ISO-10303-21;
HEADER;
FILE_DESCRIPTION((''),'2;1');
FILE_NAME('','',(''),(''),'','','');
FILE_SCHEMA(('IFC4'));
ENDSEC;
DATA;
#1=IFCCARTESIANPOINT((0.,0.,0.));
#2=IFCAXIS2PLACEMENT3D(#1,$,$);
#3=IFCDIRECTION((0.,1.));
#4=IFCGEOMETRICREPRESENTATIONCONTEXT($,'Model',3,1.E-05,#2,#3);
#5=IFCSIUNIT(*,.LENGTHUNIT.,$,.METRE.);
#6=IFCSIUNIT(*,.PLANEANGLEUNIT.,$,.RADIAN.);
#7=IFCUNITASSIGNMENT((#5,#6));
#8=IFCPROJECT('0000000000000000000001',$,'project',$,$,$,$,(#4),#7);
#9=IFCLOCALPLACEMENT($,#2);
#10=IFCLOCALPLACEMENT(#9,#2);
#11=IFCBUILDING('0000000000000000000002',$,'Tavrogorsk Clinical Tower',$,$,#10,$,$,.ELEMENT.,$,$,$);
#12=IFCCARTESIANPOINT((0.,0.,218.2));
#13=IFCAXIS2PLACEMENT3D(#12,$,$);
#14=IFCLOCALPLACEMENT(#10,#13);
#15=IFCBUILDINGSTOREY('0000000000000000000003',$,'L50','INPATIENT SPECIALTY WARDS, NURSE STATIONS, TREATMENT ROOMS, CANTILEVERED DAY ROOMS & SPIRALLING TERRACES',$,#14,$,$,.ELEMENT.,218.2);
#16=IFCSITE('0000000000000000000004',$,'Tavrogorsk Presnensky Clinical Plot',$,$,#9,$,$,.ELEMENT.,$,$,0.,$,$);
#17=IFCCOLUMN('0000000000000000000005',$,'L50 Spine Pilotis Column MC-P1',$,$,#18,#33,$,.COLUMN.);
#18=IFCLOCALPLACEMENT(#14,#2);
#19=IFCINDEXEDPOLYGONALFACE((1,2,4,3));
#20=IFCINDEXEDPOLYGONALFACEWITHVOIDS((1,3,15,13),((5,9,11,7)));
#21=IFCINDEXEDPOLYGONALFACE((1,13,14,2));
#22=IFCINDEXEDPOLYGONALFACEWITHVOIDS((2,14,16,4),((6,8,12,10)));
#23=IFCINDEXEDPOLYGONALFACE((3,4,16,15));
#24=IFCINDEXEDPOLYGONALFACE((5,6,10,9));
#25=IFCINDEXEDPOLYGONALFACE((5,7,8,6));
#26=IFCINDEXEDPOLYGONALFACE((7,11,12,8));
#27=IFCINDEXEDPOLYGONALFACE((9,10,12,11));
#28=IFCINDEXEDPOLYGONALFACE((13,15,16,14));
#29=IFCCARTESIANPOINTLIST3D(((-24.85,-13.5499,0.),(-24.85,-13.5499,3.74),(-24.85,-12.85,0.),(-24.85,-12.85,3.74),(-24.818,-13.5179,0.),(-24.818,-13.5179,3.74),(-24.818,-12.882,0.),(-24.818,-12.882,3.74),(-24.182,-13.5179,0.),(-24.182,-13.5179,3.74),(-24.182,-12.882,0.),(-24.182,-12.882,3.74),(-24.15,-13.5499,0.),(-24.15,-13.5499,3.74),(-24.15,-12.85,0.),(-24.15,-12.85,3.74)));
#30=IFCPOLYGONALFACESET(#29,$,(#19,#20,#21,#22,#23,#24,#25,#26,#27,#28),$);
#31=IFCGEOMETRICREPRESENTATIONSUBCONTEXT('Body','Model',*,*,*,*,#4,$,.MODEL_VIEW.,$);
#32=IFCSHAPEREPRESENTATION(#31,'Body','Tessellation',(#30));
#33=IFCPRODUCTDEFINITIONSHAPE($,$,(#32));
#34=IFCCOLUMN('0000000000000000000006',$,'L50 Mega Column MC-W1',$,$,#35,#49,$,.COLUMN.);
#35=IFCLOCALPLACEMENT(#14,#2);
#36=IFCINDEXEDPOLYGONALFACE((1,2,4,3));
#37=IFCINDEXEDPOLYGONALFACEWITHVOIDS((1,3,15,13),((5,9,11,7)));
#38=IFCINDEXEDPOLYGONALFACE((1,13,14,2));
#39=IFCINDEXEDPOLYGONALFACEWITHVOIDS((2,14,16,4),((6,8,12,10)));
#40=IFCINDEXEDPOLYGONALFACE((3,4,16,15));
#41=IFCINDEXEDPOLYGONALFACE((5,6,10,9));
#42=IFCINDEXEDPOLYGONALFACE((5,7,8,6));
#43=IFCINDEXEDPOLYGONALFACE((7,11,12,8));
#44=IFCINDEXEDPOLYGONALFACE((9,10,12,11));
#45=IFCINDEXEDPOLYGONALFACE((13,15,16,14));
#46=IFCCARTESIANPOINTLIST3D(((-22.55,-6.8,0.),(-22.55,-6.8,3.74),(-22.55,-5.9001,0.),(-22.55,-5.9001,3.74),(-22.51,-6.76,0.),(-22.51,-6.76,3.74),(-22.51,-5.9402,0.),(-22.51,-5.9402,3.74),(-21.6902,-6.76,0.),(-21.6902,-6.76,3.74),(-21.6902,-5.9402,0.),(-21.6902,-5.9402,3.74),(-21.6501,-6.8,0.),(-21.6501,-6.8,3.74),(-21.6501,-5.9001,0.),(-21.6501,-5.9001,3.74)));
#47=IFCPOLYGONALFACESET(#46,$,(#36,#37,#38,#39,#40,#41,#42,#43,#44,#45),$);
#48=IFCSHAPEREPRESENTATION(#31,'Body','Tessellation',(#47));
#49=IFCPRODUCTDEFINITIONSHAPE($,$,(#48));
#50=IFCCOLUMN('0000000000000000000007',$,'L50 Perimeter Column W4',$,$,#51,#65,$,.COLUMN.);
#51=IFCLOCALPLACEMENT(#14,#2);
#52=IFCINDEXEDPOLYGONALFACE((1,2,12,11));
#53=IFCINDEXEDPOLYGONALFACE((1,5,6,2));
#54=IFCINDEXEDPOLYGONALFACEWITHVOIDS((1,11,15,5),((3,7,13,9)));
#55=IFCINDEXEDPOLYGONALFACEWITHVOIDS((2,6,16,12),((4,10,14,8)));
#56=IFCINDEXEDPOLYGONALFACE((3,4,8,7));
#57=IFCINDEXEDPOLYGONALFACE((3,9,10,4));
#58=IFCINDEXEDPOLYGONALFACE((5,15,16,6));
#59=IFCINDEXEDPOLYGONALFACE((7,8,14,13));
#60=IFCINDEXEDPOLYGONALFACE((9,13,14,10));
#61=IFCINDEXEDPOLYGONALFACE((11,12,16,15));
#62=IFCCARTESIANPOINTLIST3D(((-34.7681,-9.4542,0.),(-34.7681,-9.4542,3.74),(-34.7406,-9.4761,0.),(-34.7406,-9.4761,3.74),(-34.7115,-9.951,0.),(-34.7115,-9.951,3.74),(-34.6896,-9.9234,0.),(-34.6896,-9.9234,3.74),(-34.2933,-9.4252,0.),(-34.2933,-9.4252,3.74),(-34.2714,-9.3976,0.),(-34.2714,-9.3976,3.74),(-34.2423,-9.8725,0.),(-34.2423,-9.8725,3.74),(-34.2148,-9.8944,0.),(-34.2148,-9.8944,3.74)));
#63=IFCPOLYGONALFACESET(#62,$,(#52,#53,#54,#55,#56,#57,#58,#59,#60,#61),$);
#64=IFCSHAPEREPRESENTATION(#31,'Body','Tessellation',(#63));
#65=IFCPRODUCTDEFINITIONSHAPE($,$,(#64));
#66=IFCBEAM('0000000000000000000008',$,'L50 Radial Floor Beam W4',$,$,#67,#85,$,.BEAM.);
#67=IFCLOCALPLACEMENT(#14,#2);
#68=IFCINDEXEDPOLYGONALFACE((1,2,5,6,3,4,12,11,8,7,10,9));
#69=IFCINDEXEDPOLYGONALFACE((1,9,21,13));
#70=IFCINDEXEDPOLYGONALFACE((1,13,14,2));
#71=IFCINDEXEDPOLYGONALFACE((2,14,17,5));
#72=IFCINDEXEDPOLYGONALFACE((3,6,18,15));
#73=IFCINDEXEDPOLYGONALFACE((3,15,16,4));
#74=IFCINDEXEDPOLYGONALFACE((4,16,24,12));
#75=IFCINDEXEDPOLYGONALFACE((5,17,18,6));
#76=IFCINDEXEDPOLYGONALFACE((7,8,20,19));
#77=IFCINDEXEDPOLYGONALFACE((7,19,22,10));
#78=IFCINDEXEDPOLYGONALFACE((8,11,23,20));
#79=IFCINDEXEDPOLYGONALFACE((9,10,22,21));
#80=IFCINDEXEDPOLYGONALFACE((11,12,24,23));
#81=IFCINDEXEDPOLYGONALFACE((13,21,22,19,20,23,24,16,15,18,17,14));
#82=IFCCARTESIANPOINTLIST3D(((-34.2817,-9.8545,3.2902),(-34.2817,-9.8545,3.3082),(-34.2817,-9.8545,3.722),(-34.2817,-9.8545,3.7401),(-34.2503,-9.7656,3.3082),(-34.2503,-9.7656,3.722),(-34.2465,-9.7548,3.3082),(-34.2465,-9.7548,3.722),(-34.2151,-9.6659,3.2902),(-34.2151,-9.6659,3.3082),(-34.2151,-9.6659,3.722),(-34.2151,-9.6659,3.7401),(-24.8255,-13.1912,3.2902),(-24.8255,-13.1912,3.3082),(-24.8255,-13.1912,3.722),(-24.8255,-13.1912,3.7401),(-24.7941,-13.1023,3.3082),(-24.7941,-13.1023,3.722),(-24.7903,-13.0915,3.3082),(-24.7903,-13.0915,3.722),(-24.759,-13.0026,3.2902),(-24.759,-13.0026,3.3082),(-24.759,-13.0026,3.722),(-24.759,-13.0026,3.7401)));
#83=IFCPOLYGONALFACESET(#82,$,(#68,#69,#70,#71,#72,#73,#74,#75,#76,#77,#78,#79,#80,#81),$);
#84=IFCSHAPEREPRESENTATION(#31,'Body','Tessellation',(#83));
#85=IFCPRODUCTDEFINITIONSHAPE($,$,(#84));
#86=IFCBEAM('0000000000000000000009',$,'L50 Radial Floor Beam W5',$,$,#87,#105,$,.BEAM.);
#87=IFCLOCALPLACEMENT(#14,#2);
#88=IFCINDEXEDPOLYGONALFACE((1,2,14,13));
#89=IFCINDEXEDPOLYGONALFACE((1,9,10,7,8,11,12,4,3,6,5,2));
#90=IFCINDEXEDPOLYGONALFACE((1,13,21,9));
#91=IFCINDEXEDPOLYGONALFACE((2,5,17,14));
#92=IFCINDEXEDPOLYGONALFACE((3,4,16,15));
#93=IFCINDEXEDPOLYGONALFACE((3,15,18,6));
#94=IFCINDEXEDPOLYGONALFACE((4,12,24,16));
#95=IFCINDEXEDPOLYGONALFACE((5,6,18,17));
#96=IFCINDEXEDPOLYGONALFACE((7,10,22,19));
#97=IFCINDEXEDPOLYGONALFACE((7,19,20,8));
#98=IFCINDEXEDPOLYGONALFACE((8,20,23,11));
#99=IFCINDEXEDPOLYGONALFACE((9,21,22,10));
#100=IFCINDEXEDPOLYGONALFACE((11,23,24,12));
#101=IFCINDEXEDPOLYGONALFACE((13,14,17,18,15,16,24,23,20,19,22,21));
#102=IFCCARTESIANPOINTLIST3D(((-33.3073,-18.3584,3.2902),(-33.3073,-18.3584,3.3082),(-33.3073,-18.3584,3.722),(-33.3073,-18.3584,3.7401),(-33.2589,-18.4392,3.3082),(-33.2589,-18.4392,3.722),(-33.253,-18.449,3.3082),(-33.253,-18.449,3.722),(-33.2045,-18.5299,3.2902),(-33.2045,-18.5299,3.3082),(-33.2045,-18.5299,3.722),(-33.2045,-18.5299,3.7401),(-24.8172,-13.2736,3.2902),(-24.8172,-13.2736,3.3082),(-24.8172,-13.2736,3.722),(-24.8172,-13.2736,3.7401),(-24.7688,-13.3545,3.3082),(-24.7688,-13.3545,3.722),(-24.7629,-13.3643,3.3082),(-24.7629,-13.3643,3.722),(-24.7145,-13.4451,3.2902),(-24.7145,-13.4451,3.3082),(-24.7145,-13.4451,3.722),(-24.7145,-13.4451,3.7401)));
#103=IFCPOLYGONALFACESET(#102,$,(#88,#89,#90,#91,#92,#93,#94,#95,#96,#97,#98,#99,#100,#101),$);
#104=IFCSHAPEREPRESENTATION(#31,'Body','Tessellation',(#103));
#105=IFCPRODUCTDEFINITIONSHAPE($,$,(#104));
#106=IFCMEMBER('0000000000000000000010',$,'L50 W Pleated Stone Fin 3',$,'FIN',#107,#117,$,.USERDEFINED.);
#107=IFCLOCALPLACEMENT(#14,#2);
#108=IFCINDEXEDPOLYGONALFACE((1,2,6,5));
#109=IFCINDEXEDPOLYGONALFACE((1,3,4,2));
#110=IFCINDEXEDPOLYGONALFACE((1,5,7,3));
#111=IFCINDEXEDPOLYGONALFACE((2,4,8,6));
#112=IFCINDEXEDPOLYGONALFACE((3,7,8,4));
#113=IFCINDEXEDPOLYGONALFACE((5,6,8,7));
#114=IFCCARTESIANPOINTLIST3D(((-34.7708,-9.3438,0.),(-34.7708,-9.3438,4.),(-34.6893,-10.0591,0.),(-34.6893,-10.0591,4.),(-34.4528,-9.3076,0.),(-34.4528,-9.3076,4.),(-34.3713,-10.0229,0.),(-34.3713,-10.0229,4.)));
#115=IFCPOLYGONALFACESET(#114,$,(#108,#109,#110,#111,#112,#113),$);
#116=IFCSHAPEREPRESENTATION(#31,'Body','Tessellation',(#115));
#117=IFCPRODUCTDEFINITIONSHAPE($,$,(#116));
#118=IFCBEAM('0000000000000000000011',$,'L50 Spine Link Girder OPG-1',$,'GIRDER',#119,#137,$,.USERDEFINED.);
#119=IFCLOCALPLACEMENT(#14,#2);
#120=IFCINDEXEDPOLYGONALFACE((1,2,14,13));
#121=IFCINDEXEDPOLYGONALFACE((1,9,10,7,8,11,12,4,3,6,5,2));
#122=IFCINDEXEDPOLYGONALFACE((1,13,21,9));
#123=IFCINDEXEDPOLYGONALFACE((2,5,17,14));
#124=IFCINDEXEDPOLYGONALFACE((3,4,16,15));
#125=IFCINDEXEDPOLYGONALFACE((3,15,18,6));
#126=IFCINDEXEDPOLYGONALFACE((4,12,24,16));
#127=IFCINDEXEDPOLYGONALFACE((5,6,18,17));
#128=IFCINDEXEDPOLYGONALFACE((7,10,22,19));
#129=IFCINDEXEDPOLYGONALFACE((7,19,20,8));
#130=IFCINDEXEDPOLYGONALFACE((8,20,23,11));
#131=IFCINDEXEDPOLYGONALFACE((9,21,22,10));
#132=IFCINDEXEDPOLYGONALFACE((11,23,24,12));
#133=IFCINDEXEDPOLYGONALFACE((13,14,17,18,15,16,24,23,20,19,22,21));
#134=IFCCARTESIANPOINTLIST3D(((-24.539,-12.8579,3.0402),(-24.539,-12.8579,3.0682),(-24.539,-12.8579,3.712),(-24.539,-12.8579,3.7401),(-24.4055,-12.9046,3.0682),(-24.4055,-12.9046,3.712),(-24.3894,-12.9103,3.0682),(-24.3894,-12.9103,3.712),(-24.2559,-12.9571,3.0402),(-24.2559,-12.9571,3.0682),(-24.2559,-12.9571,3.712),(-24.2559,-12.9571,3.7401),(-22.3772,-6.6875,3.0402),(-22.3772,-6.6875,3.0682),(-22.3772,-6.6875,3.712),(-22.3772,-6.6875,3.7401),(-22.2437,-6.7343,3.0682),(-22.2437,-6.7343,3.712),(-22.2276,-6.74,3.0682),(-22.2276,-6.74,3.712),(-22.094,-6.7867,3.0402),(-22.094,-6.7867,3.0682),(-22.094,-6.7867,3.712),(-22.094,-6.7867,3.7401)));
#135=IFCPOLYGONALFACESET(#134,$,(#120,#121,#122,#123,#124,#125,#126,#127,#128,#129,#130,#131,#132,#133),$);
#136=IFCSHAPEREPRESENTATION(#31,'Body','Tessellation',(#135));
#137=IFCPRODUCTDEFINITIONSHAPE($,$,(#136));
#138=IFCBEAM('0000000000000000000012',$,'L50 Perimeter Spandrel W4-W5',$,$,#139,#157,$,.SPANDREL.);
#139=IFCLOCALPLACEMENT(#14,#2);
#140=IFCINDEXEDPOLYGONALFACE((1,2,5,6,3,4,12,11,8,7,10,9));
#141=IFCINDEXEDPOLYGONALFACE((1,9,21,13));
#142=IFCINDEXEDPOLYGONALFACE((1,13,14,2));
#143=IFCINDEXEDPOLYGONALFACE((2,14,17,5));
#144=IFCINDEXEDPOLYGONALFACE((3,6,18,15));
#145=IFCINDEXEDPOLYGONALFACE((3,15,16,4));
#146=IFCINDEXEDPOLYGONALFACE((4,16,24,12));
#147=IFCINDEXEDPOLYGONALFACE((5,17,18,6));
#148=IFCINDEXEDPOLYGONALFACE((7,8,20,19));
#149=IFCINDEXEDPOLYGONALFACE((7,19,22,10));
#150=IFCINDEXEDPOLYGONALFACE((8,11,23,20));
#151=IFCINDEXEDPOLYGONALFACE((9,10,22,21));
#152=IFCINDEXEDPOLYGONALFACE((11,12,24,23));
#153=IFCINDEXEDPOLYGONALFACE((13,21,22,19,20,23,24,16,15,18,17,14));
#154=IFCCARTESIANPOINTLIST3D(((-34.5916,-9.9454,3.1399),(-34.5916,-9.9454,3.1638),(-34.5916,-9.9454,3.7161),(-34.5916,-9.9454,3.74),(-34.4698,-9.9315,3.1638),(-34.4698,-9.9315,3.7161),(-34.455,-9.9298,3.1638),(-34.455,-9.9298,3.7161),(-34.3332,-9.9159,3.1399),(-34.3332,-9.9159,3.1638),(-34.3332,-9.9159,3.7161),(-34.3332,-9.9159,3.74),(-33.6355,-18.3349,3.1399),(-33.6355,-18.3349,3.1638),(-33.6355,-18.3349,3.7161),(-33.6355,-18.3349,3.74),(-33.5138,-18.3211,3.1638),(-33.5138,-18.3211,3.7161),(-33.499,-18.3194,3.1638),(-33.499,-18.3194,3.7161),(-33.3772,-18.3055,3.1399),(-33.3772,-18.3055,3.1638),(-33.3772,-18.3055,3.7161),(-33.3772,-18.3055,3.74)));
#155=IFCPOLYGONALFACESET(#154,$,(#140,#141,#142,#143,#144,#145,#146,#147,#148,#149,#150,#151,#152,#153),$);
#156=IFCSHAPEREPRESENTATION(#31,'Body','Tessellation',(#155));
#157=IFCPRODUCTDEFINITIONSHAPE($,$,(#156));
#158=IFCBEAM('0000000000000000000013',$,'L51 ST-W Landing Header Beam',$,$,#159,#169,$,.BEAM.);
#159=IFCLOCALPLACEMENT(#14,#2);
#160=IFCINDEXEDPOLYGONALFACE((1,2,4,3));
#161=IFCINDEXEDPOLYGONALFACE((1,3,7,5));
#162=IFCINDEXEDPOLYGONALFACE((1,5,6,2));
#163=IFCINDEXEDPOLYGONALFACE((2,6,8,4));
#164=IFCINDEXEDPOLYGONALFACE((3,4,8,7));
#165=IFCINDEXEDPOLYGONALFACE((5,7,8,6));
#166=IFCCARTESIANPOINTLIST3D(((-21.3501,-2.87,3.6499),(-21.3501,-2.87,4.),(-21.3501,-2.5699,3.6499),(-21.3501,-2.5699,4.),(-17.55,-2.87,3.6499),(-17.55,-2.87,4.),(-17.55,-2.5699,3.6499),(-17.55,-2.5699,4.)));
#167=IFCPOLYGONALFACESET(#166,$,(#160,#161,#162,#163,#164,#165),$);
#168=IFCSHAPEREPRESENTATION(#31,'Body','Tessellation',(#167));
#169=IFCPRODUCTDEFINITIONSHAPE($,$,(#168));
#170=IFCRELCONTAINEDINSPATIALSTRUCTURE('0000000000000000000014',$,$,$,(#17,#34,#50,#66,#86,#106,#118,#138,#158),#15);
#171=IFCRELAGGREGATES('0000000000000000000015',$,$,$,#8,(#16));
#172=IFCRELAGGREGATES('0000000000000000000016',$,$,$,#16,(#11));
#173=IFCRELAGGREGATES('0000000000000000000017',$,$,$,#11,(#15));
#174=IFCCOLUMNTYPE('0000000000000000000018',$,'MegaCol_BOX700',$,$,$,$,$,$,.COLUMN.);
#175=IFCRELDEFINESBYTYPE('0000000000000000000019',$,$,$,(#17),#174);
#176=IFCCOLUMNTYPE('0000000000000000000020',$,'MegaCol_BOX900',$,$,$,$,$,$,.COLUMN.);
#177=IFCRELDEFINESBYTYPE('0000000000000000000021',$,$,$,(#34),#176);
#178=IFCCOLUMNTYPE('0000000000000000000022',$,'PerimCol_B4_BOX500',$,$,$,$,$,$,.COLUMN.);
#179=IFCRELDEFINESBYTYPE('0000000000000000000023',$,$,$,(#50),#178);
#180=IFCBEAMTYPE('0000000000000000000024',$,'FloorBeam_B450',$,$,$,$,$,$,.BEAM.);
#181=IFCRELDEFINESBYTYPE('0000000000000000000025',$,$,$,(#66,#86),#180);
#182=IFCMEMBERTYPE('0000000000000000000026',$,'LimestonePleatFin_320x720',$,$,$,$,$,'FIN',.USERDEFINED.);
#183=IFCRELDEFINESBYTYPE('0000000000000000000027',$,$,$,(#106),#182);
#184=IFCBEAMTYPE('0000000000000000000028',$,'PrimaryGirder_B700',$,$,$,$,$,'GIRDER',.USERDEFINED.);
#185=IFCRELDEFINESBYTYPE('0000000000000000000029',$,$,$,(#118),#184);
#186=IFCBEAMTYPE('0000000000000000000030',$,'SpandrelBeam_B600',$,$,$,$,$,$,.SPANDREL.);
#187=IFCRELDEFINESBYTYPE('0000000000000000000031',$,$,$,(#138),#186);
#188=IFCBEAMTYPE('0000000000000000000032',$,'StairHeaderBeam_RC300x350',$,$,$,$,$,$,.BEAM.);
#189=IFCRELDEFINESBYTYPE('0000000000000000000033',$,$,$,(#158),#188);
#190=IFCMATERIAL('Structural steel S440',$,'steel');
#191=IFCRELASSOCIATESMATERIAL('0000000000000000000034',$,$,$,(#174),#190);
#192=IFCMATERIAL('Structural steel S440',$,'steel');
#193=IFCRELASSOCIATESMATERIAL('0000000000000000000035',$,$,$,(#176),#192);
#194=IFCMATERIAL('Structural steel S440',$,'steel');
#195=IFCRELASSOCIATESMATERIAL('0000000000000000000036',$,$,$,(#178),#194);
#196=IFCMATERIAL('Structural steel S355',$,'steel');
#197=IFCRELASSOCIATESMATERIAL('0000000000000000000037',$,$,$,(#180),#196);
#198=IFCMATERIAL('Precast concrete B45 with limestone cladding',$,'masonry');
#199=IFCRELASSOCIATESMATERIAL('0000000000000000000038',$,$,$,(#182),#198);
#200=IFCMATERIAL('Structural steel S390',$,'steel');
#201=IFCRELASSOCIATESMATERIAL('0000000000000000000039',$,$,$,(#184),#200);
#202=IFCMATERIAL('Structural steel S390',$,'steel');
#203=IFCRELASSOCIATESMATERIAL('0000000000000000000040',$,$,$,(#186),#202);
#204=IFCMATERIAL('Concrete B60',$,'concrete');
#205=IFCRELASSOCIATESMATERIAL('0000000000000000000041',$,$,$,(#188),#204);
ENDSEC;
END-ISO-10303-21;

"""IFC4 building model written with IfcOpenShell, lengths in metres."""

from ifc_helpers import new_model, si_unit, direction, frame, origin, origin_2d, place, context, subcontext, project, spatial, rectangle, hollow_rectangle, i_section, extrude, material, material_profile, profile_set, type_object, element, save


model = new_model("IFC4")

# Units and contexts
model_context = context("Model", 3, precision=1e-05, world=origin(), true_north=direction((0.0, 1.0)))
body_context = subcontext(model_context, "Body", "Model", "MODEL_VIEW")
ifc_project = project(units=[si_unit("LENGTHUNIT", "METRE"), si_unit("PLANEANGLEUNIT", "RADIAN")], contexts=[model_context])

# Site, building, storey
site_placement = place(None, origin())
site = spatial("IfcSite", under=ifc_project, at=site_placement, Name="Tavrogorsk Presnensky Clinical Plot", CompositionType="ELEMENT", RefElevation=0.0)
building_placement = place(site_placement, origin())
building = spatial("IfcBuilding", under=site, at=building_placement, Name="Tavrogorsk Clinical Tower", CompositionType="ELEMENT")
storey_placement = place(building_placement, frame((0.0, 0.0, 218.2)))
storey = spatial("IfcBuildingStorey", under=building, at=storey_placement, Name="L50", Description="INPATIENT SPECIALTY WARDS, NURSE STATIONS, TREATMENT ROOMS, CANTILEVERED DAY ROOMS & SPIRALLING TERRACES", CompositionType="ELEMENT", Elevation=218.2)

# Columns
ifc_material_1 = material(Name="Structural steel S440", Category="steel")
ifc_material_profile_1 = material_profile(ifc_material_1, hollow_rectangle(XDim=0.7, YDim=0.7, WallThickness=0.032, at=origin_2d()), Name="BOX-700x700x32")
ifc_profile_set_1 = profile_set([ifc_material_profile_1], Name="Structural steel S440")
column_type_1 = type_object("IfcColumnType", Name="MegaCol_BOX700", PredefinedType="COLUMN", material=ifc_profile_set_1)
column_1_placement = place(storey_placement, frame((-24.5, -13.2, 0.0), z_axis=(0.0, 0.0, 1.0), x_axis=(1.0, 0.0, 0.0)))
element("IfcColumn", 1, at=column_1_placement, inside=storey, type_object=column_type_1, Name="L50 Spine Pilotis Column MC-P1", PredefinedType="COLUMN", context=body_context, shape_type="SweptSolid", body=[
    extrude(hollow_rectangle(XDim=0.7, YDim=0.7, WallThickness=0.032, at=origin_2d()), origin(), (0.0, 0.0, 1.0), 3.74),
])
ifc_material_2 = material(Name="Structural steel S440", Category="steel")
ifc_material_profile_2 = material_profile(ifc_material_2, hollow_rectangle(XDim=0.8999, YDim=0.8999, WallThickness=0.04, at=origin_2d()), Name="BOX-900x900x40")
ifc_profile_set_2 = profile_set([ifc_material_profile_2], Name="Structural steel S440")
column_type_2 = type_object("IfcColumnType", Name="MegaCol_BOX900", PredefinedType="COLUMN", material=ifc_profile_set_2)
column_2_placement = place(storey_placement, frame((-22.1001, -6.3501, 0.0), z_axis=(0.0, 0.0, 1.0), x_axis=(1.0, 0.0, 0.0)))
element("IfcColumn", 2, at=column_2_placement, inside=storey, type_object=column_type_2, Name="L50 Mega Column MC-W1", PredefinedType="COLUMN", context=body_context, shape_type="SweptSolid", body=[
    extrude(hollow_rectangle(XDim=0.8999, YDim=0.8999, WallThickness=0.04, at=origin_2d()), origin(), (0.0, 0.0, 1.0), 3.74),
])
ifc_material_3 = material(Name="Structural steel S440", Category="steel")
ifc_material_profile_3 = material_profile(ifc_material_3, hollow_rectangle(XDim=0.5, YDim=0.5, WallThickness=0.0249, at=origin_2d()), Name="BOX-500x500x25")
ifc_profile_set_3 = profile_set([ifc_material_profile_3], Name="Structural steel S440")
column_type_3 = type_object("IfcColumnType", Name="PerimCol_B4_BOX500", PredefinedType="COLUMN", material=ifc_profile_set_3)
column_3_placement = place(storey_placement, frame((-34.4915, -9.6743, 0.0), z_axis=(0.0, 0.0, 1.0), x_axis=(0.993572, 0.113203, 0.0)))
element("IfcColumn", 3, at=column_3_placement, inside=storey, type_object=column_type_3, Name="L50 Perimeter Column W4", PredefinedType="COLUMN", context=body_context, shape_type="SweptSolid", body=[
    extrude(hollow_rectangle(XDim=0.5, YDim=0.5, WallThickness=0.0249, at=origin_2d()), origin(), (0.0, 0.0, 1.0), 3.74),
])

# Beams
ifc_material_4 = material(Name="Structural steel S355", Category="steel")
ifc_material_profile_4 = material_profile(ifc_material_4, i_section(OverallWidth=0.2, OverallDepth=0.45, WebThickness=0.0115, FlangeThickness=0.0181, at=origin_2d()), Name="B-450x200x11.5x18")
ifc_profile_set_4 = profile_set([ifc_material_profile_4], Name="Structural steel S355")
beam_type_1 = type_object("IfcBeamType", Name="FloorBeam_B450", PredefinedType="BEAM", material=ifc_profile_set_4)
beam_1_placement = place(storey_placement, frame((-24.7922, -13.0969, 3.5151), z_axis=(-0.943014, 0.332753, 0.0), x_axis=(-0.332753, -0.943014, 0.0)))
element("IfcBeam", 4, at=beam_1_placement, inside=storey, type_object=beam_type_1, Name="L50 Radial Floor Beam W4", PredefinedType="BEAM", context=body_context, shape_type="SweptSolid", body=[
    extrude(i_section(OverallWidth=0.2, OverallDepth=0.45, WebThickness=0.0115, FlangeThickness=0.0181, at=origin_2d()), origin(), (0.0, 0.0, 1.0), 10.0276),
])
beam_2_placement = place(storey_placement, frame((-24.7659, -13.3594, 3.5151), z_axis=(-0.857906, -0.513806, 0.0), x_axis=(0.513806, -0.857906, 0.0)))
element("IfcBeam", 5, at=beam_2_placement, inside=storey, type_object=beam_type_1, Name="L50 Radial Floor Beam W5", PredefinedType="BEAM", context=body_context, shape_type="SweptSolid", body=[
    extrude(i_section(OverallWidth=0.2, OverallDepth=0.45, WebThickness=0.0115, FlangeThickness=0.0181, at=origin_2d()), origin(), (0.0, 0.0, 1.0), 9.8962),
])

# Member
ifc_material_5 = material(Name="Precast concrete B45 with limestone cladding", Category="masonry")
ifc_material_profile_5 = material_profile(ifc_material_5, rectangle(XDim=0.3201, YDim=0.72, at=origin_2d()), Name="LIMESTONE-FIN-320x720")
ifc_profile_set_5 = profile_set([ifc_material_profile_5], Name="Precast concrete B45 with limestone cladding")
member_type = type_object("IfcMemberType", Name="LimestonePleatFin_320x720", ElementType="FIN", PredefinedType="USERDEFINED", material=ifc_profile_set_5)
member_placement = place(storey_placement, frame((-34.571, -9.6833, 0.0), z_axis=(0.0, 0.0, 1.0), x_axis=(0.993572, 0.113203, 0.0)))
element("IfcMember", 6, at=member_placement, inside=storey, type_object=member_type, Name="L50 W Pleated Stone Fin 3", ObjectType="FIN", PredefinedType="USERDEFINED", context=body_context, shape_type="SweptSolid", body=[
    extrude(rectangle(XDim=0.3201, YDim=0.72, at=origin_2d()), origin(), (0.0, 0.0, 1.0), 4.0),
])

# Beams
ifc_material_6 = material(Name="Structural steel S390", Category="steel")
ifc_material_profile_6 = material_profile(ifc_material_6, i_section(OverallWidth=0.3, OverallDepth=0.7, WebThickness=0.0171, FlangeThickness=0.0281, at=origin_2d()), Name="B-700x300x17x28")
ifc_profile_set_6 = profile_set([ifc_material_profile_6], Name="Structural steel S390")
beam_type_2 = type_object("IfcBeamType", Name="PrimaryGirder_B700", ElementType="GIRDER", PredefinedType="USERDEFINED", material=ifc_profile_set_6)
beam_3_placement = place(storey_placement, frame((-24.3975, -12.9075, 3.3901), z_axis=(0.330653, 0.943752, 0.0), x_axis=(-0.943752, 0.330653, 0.0)))
element("IfcBeam", 7, at=beam_3_placement, inside=storey, type_object=beam_type_2, Name="L50 Spine Link Girder OPG-1", ObjectType="GIRDER", PredefinedType="USERDEFINED", context=body_context, shape_type="SweptSolid", body=[
    extrude(i_section(OverallWidth=0.3, OverallDepth=0.7, WebThickness=0.0171, FlangeThickness=0.0281, at=origin_2d()), origin(), (0.0, 0.0, 1.0), 6.5381),
])
ifc_material_7 = material(Name="Structural steel S390", Category="steel")
ifc_material_profile_7 = material_profile(ifc_material_7, i_section(OverallWidth=0.26, OverallDepth=0.6001, WebThickness=0.0149, FlangeThickness=0.0239, at=origin_2d()), Name="B-600x260x15x24")
ifc_profile_set_7 = profile_set([ifc_material_profile_7], Name="Structural steel S390")
beam_type_3 = type_object("IfcBeamType", Name="SpandrelBeam_B600", PredefinedType="SPANDREL", material=ifc_profile_set_7)
beam_4_placement = place(storey_placement, frame((-34.4624, -9.9307, 3.4399), z_axis=(0.113224, -0.99357, 0.0), x_axis=(0.99357, 0.113224, 0.0)))
element("IfcBeam", 8, at=beam_4_placement, inside=storey, type_object=beam_type_3, Name="L50 Perimeter Spandrel W4-W5", PredefinedType="SPANDREL", context=body_context, shape_type="SweptSolid", body=[
    extrude(i_section(OverallWidth=0.26, OverallDepth=0.6001, WebThickness=0.0149, FlangeThickness=0.0239, at=origin_2d()), origin(), (0.0, 0.0, 1.0), 8.4438),
])
ifc_material_8 = material(Name="Concrete B60", Category="concrete")
ifc_material_profile_8 = material_profile(ifc_material_8, rectangle(XDim=0.3, YDim=0.3501, at=origin_2d()), Name="RC-SHB-300x350")
ifc_profile_set_8 = profile_set([ifc_material_profile_8], Name="Concrete B60")
beam_type_4 = type_object("IfcBeamType", Name="StairHeaderBeam_RC300x350", PredefinedType="BEAM", material=ifc_profile_set_8)
beam_5_placement = place(storey_placement, frame((-21.3501, -2.72, 3.825), z_axis=(1.0, 0.0, 0.0), x_axis=(0.0, 1.0, 0.0)))
element("IfcBeam", 9, at=beam_5_placement, inside=storey, type_object=beam_type_4, Name="L51 ST-W Landing Header Beam", PredefinedType="BEAM", context=body_context, shape_type="SweptSolid", body=[
    extrude(rectangle(XDim=0.3, YDim=0.3501, at=origin_2d()), origin(), (0.0, 0.0, 1.0), 3.8),
])

save(model, "model.ifc")
